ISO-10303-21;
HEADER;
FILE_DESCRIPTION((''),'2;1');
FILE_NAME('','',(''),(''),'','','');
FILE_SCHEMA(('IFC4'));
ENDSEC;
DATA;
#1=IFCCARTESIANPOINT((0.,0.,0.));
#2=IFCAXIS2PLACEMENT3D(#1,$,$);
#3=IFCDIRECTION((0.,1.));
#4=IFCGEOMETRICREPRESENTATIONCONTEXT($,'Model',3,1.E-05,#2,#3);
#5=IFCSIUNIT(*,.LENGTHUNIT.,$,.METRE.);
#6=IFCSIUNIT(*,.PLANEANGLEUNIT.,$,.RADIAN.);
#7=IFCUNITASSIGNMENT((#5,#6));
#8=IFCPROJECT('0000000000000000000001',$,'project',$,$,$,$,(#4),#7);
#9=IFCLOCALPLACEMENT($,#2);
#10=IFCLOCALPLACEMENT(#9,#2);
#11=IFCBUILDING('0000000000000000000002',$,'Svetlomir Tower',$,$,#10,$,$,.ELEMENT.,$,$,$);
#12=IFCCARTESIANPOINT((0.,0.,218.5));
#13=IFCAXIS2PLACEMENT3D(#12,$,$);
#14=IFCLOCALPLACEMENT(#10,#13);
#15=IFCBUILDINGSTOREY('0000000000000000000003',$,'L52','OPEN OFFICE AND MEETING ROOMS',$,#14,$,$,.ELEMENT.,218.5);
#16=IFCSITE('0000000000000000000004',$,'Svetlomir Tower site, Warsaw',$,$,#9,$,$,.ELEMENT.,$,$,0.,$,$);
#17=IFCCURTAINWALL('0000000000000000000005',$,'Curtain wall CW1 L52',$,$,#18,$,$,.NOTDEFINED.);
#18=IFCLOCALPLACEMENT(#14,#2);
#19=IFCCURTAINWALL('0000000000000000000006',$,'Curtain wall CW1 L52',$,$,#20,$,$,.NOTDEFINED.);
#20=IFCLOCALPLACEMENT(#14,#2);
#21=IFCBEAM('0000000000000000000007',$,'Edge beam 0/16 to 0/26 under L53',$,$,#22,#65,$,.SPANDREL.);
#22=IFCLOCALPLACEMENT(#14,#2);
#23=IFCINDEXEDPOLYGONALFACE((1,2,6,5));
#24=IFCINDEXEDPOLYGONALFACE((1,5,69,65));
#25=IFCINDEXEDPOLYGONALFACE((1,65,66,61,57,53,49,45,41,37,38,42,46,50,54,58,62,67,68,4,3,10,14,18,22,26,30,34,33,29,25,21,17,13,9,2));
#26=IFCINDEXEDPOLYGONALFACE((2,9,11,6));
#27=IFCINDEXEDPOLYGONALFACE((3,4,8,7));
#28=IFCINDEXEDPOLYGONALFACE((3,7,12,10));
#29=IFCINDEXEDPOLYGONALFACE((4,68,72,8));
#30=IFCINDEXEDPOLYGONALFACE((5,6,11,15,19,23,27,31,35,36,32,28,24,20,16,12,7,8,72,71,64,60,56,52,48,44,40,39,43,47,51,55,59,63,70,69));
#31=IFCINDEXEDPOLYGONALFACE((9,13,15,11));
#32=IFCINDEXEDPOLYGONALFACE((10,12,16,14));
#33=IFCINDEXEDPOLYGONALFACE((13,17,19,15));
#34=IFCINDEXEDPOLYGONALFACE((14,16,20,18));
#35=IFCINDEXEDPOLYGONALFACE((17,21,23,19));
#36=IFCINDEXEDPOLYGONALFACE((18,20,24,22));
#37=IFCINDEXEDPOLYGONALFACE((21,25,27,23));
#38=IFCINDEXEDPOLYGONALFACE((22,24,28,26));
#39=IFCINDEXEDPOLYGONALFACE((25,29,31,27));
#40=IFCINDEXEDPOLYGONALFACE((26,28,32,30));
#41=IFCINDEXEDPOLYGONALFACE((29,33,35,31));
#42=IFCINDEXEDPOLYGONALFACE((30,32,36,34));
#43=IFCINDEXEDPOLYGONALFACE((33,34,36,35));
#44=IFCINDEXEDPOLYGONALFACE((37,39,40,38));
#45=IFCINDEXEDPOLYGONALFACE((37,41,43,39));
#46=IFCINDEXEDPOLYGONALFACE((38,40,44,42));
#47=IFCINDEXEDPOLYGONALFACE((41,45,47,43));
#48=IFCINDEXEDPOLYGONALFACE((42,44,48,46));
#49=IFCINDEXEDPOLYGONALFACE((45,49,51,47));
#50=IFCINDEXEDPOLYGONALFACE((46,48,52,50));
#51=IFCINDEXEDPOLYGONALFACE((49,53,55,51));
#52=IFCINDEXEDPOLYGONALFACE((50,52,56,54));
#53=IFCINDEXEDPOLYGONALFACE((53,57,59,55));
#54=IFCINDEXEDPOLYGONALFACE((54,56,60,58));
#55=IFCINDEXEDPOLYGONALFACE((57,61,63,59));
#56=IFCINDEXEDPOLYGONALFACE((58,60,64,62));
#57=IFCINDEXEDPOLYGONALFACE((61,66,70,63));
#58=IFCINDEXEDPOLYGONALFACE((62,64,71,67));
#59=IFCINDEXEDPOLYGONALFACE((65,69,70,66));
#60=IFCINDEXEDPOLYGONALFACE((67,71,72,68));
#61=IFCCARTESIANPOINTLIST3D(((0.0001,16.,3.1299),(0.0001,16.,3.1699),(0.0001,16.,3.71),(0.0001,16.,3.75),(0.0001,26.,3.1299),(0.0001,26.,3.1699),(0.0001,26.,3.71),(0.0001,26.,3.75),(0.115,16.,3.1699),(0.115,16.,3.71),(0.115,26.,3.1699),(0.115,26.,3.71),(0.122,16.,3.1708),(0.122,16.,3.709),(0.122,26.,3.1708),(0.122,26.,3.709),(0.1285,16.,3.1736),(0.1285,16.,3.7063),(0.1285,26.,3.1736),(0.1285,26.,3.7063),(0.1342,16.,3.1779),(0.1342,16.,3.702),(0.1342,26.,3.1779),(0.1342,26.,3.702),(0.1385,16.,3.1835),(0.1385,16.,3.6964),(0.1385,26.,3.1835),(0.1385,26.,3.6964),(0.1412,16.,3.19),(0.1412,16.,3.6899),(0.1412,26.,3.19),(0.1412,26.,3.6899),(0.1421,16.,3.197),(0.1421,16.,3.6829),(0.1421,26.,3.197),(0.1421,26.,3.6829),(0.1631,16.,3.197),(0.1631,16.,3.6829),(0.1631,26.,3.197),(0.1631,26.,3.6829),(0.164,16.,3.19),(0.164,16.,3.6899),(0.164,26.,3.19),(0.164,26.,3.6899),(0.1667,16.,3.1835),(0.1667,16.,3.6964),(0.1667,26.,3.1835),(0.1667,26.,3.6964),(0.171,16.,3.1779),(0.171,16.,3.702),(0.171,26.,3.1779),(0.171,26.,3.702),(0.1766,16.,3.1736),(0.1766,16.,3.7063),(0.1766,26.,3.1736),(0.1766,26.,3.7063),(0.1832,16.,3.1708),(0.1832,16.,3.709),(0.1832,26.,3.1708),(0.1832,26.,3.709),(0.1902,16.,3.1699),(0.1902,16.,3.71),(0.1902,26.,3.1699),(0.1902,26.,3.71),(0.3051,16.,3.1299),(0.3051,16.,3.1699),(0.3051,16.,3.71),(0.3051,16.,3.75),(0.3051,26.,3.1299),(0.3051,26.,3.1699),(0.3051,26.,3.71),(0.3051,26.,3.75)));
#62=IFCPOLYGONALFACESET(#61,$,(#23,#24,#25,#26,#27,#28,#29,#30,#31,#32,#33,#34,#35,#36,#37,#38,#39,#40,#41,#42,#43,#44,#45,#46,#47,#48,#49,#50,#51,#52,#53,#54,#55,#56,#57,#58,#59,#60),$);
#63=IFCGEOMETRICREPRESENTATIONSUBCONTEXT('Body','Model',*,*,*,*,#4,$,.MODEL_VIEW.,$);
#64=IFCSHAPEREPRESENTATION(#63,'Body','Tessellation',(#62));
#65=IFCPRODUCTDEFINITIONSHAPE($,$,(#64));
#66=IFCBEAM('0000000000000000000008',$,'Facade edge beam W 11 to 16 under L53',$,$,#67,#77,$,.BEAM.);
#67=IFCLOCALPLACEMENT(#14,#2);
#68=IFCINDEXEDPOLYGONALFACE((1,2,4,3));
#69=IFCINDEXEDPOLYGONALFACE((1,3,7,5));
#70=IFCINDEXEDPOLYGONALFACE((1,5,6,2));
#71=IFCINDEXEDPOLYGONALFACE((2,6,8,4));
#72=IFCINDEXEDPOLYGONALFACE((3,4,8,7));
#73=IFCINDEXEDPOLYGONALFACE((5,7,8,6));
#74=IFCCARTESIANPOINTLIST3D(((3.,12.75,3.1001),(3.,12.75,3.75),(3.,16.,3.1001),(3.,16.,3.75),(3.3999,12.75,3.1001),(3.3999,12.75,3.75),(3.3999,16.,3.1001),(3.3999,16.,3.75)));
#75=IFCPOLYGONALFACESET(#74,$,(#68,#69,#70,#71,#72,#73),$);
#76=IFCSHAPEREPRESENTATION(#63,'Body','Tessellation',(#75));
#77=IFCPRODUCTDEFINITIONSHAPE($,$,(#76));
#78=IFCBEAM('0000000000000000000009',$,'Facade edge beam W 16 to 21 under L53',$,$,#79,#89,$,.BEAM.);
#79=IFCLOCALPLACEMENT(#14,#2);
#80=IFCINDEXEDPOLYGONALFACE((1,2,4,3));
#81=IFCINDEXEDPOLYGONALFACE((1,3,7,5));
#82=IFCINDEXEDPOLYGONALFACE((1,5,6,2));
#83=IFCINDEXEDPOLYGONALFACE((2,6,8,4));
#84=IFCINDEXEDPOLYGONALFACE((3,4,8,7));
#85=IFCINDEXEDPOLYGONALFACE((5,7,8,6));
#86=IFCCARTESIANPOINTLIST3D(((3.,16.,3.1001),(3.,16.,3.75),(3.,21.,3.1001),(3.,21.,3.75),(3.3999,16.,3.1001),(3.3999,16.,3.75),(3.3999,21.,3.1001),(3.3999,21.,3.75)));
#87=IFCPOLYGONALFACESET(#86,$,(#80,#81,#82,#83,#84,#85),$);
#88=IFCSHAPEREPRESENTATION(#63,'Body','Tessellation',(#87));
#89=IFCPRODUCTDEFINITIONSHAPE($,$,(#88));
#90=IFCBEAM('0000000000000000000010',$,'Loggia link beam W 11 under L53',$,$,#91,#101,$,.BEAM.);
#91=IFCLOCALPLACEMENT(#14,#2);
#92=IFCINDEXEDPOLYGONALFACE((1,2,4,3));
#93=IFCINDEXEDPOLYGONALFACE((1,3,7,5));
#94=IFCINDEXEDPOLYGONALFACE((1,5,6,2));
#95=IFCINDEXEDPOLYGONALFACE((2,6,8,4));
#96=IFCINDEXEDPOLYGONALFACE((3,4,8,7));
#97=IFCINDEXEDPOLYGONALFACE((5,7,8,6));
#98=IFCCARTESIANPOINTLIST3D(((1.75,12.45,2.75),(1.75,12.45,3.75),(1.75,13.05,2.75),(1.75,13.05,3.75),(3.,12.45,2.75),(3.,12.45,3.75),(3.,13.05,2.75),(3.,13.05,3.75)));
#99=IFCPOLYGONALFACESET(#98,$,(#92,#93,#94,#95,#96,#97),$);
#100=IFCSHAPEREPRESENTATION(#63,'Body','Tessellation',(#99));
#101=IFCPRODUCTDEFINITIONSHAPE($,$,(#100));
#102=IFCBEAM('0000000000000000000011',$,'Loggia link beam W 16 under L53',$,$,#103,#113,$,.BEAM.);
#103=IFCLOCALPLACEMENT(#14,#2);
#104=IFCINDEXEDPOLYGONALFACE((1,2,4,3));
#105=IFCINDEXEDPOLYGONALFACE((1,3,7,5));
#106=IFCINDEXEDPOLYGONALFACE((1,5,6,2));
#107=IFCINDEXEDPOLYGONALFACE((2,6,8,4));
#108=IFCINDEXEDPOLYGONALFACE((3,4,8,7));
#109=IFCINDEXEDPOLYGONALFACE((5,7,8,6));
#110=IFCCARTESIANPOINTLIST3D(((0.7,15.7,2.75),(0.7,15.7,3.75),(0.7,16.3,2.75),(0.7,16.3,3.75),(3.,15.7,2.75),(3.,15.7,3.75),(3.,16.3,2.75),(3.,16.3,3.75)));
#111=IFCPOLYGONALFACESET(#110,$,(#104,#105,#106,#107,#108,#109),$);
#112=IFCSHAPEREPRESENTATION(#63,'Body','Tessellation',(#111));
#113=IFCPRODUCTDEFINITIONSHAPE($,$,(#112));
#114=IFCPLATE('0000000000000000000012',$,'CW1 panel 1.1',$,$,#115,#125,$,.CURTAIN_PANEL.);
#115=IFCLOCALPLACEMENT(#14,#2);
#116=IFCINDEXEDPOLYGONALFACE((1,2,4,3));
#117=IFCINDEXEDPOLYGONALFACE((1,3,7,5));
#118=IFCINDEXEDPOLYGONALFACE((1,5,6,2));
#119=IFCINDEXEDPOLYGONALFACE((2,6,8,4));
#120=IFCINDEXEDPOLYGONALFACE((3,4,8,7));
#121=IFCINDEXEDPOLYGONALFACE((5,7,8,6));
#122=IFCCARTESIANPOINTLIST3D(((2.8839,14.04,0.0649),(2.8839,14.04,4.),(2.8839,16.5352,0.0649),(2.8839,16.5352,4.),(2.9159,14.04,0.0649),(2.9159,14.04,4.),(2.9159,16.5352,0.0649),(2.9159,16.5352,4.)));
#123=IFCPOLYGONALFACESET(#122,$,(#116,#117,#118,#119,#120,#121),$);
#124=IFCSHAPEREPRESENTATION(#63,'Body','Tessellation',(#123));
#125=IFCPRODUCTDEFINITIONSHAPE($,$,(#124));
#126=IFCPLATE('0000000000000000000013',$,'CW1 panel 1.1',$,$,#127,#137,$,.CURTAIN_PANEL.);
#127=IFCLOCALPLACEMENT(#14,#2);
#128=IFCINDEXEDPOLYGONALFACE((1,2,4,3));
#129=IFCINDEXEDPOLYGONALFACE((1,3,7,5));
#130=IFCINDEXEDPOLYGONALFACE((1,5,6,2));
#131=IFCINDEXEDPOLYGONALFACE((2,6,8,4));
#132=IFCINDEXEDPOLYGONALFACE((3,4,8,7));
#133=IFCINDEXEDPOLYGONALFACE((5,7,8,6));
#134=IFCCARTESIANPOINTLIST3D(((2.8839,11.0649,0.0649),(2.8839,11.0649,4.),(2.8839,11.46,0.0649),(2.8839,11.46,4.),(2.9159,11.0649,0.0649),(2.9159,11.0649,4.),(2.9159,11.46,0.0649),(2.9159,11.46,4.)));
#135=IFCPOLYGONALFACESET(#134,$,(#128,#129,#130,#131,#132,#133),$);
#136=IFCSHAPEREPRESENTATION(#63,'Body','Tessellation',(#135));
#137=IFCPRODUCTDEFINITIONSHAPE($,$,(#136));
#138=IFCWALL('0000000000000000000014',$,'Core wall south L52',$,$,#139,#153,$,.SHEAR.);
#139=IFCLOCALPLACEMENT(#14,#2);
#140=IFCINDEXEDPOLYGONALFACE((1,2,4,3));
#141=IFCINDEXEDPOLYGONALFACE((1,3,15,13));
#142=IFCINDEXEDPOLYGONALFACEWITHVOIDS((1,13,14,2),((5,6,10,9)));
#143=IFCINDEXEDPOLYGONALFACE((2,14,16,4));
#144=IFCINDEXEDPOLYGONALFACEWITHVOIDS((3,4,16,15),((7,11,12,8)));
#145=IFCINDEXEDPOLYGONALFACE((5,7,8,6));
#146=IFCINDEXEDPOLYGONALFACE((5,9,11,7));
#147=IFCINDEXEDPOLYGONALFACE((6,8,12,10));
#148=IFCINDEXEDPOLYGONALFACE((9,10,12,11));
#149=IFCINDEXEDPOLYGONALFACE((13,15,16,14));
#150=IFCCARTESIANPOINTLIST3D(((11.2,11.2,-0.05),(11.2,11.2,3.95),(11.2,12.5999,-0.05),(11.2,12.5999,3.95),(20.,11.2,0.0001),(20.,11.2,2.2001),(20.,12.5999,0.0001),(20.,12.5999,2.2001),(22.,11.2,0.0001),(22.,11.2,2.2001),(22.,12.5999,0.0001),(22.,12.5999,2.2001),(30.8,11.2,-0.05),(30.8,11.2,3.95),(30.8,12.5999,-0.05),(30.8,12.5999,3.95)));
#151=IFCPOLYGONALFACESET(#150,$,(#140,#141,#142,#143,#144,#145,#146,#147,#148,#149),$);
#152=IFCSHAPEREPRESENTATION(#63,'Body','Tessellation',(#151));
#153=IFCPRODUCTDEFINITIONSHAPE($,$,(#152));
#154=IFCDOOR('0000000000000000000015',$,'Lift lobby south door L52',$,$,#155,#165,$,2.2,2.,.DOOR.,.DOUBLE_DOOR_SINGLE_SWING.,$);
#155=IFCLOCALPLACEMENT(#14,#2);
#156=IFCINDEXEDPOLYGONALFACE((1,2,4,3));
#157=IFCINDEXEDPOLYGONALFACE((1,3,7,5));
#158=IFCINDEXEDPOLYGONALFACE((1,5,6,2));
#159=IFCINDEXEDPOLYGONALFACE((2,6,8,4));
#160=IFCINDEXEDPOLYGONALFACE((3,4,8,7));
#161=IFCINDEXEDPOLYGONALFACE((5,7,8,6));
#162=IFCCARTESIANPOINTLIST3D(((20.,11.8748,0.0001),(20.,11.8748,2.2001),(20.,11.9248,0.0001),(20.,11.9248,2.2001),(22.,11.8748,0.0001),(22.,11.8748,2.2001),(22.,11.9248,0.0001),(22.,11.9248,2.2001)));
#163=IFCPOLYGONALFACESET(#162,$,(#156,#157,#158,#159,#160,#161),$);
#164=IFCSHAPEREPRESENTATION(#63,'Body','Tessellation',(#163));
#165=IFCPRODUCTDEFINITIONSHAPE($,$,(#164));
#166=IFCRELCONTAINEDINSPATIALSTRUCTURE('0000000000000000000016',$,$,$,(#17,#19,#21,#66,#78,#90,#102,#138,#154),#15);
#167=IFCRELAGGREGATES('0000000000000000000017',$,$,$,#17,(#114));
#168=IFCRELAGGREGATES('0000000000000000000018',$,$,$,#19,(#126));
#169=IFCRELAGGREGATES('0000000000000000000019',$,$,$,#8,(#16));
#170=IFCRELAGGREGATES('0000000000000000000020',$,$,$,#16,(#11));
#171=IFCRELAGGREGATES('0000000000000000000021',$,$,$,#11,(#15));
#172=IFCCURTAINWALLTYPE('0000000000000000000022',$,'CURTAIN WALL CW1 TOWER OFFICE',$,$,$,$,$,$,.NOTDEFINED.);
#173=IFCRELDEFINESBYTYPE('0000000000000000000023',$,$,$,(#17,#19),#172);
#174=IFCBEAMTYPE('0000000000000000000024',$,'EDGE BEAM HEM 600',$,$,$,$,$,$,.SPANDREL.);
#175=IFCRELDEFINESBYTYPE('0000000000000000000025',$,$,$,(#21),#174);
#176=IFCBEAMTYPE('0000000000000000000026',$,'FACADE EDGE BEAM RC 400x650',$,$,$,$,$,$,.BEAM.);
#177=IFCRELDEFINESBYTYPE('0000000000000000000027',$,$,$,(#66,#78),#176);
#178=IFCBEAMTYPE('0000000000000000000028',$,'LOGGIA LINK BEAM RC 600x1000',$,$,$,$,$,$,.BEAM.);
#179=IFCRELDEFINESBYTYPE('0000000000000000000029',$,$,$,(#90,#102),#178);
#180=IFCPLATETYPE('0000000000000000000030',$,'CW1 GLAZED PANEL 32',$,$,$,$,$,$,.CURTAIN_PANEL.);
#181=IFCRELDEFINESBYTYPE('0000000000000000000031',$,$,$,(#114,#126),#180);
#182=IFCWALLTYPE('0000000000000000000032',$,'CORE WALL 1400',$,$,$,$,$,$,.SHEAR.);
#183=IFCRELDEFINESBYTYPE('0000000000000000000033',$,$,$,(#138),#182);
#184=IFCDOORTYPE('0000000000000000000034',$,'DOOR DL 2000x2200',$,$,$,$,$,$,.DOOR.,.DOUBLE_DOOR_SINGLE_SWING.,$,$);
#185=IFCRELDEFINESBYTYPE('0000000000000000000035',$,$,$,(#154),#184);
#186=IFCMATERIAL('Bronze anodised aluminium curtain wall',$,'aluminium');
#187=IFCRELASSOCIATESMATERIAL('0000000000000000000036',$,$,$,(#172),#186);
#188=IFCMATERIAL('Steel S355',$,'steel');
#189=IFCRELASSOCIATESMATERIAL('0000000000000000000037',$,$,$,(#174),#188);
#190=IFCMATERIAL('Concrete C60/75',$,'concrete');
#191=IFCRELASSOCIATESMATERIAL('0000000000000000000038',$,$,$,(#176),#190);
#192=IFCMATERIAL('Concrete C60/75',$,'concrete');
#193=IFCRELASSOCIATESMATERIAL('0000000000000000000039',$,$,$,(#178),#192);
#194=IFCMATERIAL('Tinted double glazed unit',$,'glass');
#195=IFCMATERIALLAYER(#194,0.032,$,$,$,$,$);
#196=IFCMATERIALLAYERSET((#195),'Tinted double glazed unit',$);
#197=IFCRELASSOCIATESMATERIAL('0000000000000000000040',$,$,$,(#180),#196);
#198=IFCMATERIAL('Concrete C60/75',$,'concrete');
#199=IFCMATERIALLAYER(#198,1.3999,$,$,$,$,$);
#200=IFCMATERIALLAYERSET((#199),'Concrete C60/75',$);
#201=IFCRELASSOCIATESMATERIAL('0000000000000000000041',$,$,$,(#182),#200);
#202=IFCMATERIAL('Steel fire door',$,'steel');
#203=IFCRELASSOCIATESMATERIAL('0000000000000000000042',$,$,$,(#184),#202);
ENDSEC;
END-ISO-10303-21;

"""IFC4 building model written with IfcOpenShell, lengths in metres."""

from ifc_helpers import new_model, si_unit, direction, frame, frame_2d, origin, origin_2d, place, context, subcontext, project, spatial, rectangle, i_section, extrude, material, layer, layer_set, material_profile, profile_set, type_object, element, fill, aggregate, save


model = new_model("IFC4")

# Units and contexts
model_context = context("Model", 3, precision=1e-05, world=origin(), true_north=direction((0.0, 1.0)))
body_context = subcontext(model_context, "Body", "Model", "MODEL_VIEW")
ifc_project = project(units=[si_unit("LENGTHUNIT", "METRE"), si_unit("PLANEANGLEUNIT", "RADIAN")], contexts=[model_context])

# Site, building, storey
site_placement = place(None, origin())
site = spatial("IfcSite", under=ifc_project, at=site_placement, Name="Svetlomir Tower site, Warsaw", CompositionType="ELEMENT", RefElevation=0.0)
building_placement = place(site_placement, origin())
building = spatial("IfcBuilding", under=site, at=building_placement, Name="Svetlomir Tower", CompositionType="ELEMENT")
storey_placement = place(building_placement, frame((0.0, 0.0, 218.5)))
storey = spatial("IfcBuildingStorey", under=building, at=storey_placement, Name="L52", Description="OPEN OFFICE AND MEETING ROOMS", CompositionType="ELEMENT", Elevation=218.5)

# Curtain wall
ifc_material_1 = material(Name="Bronze anodised aluminium curtain wall", Category="aluminium")
curtain_wall_type = type_object("IfcCurtainWallType", Name="CURTAIN WALL CW1 TOWER OFFICE", PredefinedType="NOTDEFINED", material=ifc_material_1)
curtain_wall_1_placement = place(storey_placement, origin())
curtain_wall_1 = element("IfcCurtainWall", 1, at=curtain_wall_1_placement, inside=storey, type_object=curtain_wall_type, Name="Curtain wall CW1 L52", PredefinedType="NOTDEFINED")

# Curtain wall
curtain_wall_2_placement = place(storey_placement, origin())
curtain_wall_2 = element("IfcCurtainWall", 2, at=curtain_wall_2_placement, inside=storey, type_object=curtain_wall_type, Name="Curtain wall CW1 L52", PredefinedType="NOTDEFINED")

# Beams
ifc_material_2 = material(Name="Steel S355", Category="steel")
ifc_material_profile_1 = material_profile(ifc_material_2, i_section(OverallWidth=0.3049, OverallDepth=0.6201, WebThickness=0.021, FlangeThickness=0.04, FilletRadius=0.0271, at=origin_2d()), Name="HEM 600")
ifc_profile_set_1 = profile_set([ifc_material_profile_1], Name="Steel S355")
beam_type_1 = type_object("IfcBeamType", Name="EDGE BEAM HEM 600", PredefinedType="SPANDREL", material=ifc_profile_set_1)
beam_1_placement = place(storey_placement, frame((0.1526, 16.0, 3.4399), z_axis=(0.0, 1.0, 0.0), x_axis=(-1.0, 0.0, 0.0)))
element("IfcBeam", 3, at=beam_1_placement, inside=storey, type_object=beam_type_1, Name="Edge beam 0/16 to 0/26 under L53", PredefinedType="SPANDREL", context=body_context, shape_type="SweptSolid", body=[
    extrude(i_section(OverallWidth=0.3049, OverallDepth=0.6201, WebThickness=0.021, FlangeThickness=0.04, FilletRadius=0.0271, at=origin_2d()), origin(), (0.0, 0.0, 1.0), 10.0),
])
ifc_material_3 = material(Name="Concrete C60/75", Category="concrete")
ifc_material_profile_2 = material_profile(ifc_material_3, rectangle(XDim=0.3999, YDim=0.6499, at=origin_2d()), Name="RC 400x650")
ifc_profile_set_2 = profile_set([ifc_material_profile_2], Name="Concrete C60/75")
beam_type_2 = type_object("IfcBeamType", Name="FACADE EDGE BEAM RC 400x650", PredefinedType="BEAM", material=ifc_profile_set_2)
beam_2_placement = place(storey_placement, frame((3.2, 12.75, 3.425), z_axis=(0.0, 1.0, 0.0), x_axis=(-1.0, 0.0, 0.0)))
element("IfcBeam", 4, at=beam_2_placement, inside=storey, type_object=beam_type_2, Name="Facade edge beam W 11 to 16 under L53", PredefinedType="BEAM", context=body_context, shape_type="SweptSolid", body=[
    extrude(rectangle(XDim=0.3999, YDim=0.6499, at=origin_2d()), origin(), (0.0, 0.0, 1.0), 3.25),
])
beam_3_placement = place(storey_placement, frame((3.2, 16.0, 3.425), z_axis=(0.0, 1.0, 0.0), x_axis=(-1.0, 0.0, 0.0)))
element("IfcBeam", 5, at=beam_3_placement, inside=storey, type_object=beam_type_2, Name="Facade edge beam W 16 to 21 under L53", PredefinedType="BEAM", context=body_context, shape_type="SweptSolid", body=[
    extrude(rectangle(XDim=0.3999, YDim=0.6499, at=origin_2d()), origin(), (0.0, 0.0, 1.0), 5.0),
])
ifc_material_4 = material(Name="Concrete C60/75", Category="concrete")
ifc_material_profile_3 = material_profile(ifc_material_4, rectangle(XDim=0.6001, YDim=1.0, at=origin_2d()), Name="RC 600x1000")
ifc_profile_set_3 = profile_set([ifc_material_profile_3], Name="Concrete C60/75")
beam_type_3 = type_object("IfcBeamType", Name="LOGGIA LINK BEAM RC 600x1000", PredefinedType="BEAM", material=ifc_profile_set_3)
beam_4_placement = place(storey_placement, frame((1.75, 12.75, 3.25), z_axis=(1.0, 0.0, 0.0), x_axis=(0.0, 1.0, 0.0)))
element("IfcBeam", 6, at=beam_4_placement, inside=storey, type_object=beam_type_3, Name="Loggia link beam W 11 under L53", PredefinedType="BEAM", context=body_context, shape_type="SweptSolid", body=[
    extrude(rectangle(XDim=0.6001, YDim=1.0, at=origin_2d()), origin(), (0.0, 0.0, 1.0), 1.25),
])
beam_5_placement = place(storey_placement, frame((0.7, 16.0, 3.25), z_axis=(1.0, 0.0, 0.0), x_axis=(0.0, 1.0, 0.0)))
element("IfcBeam", 7, at=beam_5_placement, inside=storey, type_object=beam_type_3, Name="Loggia link beam W 16 under L53", PredefinedType="BEAM", context=body_context, shape_type="SweptSolid", body=[
    extrude(rectangle(XDim=0.6001, YDim=1.0, at=origin_2d()), origin(), (0.0, 0.0, 1.0), 2.3),
])

# Plates
ifc_material_5 = material(Name="Tinted double glazed unit", Category="glass")
ifc_layer_1 = layer(ifc_material_5, 0.032)
ifc_layer_set_1 = layer_set([ifc_layer_1], Name="Tinted double glazed unit")
plate_type = type_object("IfcPlateType", Name="CW1 GLAZED PANEL 32", PredefinedType="CURTAIN_PANEL", material=ifc_layer_set_1)
plate_1_placement = place(storey_placement, frame((2.8999, 15.2876, 0.0649), z_axis=(0.0, 0.0, 1.0), x_axis=(0.0, -1.0, 0.0)))
plate_1 = element("IfcPlate", 8, at=plate_1_placement, type_object=plate_type, Name="CW1 panel 1.1", PredefinedType="CURTAIN_PANEL", context=body_context, shape_type="SweptSolid", body=[
    extrude(rectangle(XDim=2.4951, YDim=0.032, at=origin_2d()), origin(), (0.0, 0.0, 1.0), 3.9351),
])
aggregate(curtain_wall_1, [plate_1])
plate_2_placement = place(storey_placement, frame((2.8999, 11.2625, 0.0649), z_axis=(0.0, 0.0, 1.0), x_axis=(0.0, -1.0, 0.0)))
plate_2 = element("IfcPlate", 9, at=plate_2_placement, type_object=plate_type, Name="CW1 panel 1.1", PredefinedType="CURTAIN_PANEL", context=body_context, shape_type="SweptSolid", body=[
    extrude(rectangle(XDim=0.395, YDim=0.032, at=origin_2d()), origin(), (0.0, 0.0, 1.0), 3.9351),
])
aggregate(curtain_wall_2, [plate_2])

# Wall, opening, door
ifc_material_6 = material(Name="Concrete C60/75", Category="concrete")
ifc_layer_2 = layer(ifc_material_6, 1.3999)
ifc_layer_set_2 = layer_set([ifc_layer_2], Name="Concrete C60/75")
wall_type_1 = type_object("IfcWallType", Name="CORE WALL 1400", PredefinedType="SHEAR", material=ifc_layer_set_2)
wall_1_placement = place(storey_placement, frame((11.2, 11.8999, -0.05), z_axis=(0.0, 0.0, 1.0), x_axis=(1.0, 0.0, 0.0)))
wall_1 = element("IfcWall", 10, at=wall_1_placement, inside=storey, type_object=wall_type_1, Name="Core wall south L52", PredefinedType="SHEAR", context=body_context, shape_type="SweptSolid", body=[
    extrude(rectangle(XDim=19.6001, YDim=1.3999, at=frame_2d((9.8, 0.0))), origin(), (0.0, 0.0, 1.0), 4.0),
])
opening_1_placement = place(wall_1_placement, frame((8.8, 0.0, 0.05)))
opening_1 = element("IfcOpeningElement", 11, at=opening_1_placement, cuts=wall_1, PredefinedType="OPENING", context=body_context, shape_type="SweptSolid", body=[
    extrude(rectangle(XDim=2.0, YDim=2.2, at=frame_2d((1.0, 1.1001))), frame((0.0, 0.71, 0.0), z_axis=(0.0, -1.0, 0.0), x_axis=(1.0, 0.0, 0.0)), (0.0, 0.0, 1.0), 1.4199),
])
ifc_material_7 = material(Name="Steel fire door", Category="steel")
door_type_1 = type_object("IfcDoorType", Name="DOOR DL 2000x2200", OperationType="DOUBLE_DOOR_SINGLE_SWING", PredefinedType="DOOR", material=ifc_material_7)
door_1_placement = place(opening_1_placement, origin())
door_1 = element("IfcDoor", 12, at=door_1_placement, inside=storey, type_object=door_type_1, Name="Lift lobby south door L52", OperationType="DOUBLE_DOOR_SINGLE_SWING", OverallHeight=2.2, OverallWidth=2.0, PredefinedType="DOOR", context=body_context, shape_type="SweptSolid", body=[
    extrude(rectangle(XDim=2.0, YDim=2.2, at=frame_2d((1.0, 1.1001))), frame((0.0, 0.0249, 0.0), z_axis=(0.0, -1.0, 0.0), x_axis=(1.0, 0.0, 0.0)), (0.0, 0.0, 1.0), 0.05),
])
fill(opening_1, door_1)

save(model, "model.ifc")
